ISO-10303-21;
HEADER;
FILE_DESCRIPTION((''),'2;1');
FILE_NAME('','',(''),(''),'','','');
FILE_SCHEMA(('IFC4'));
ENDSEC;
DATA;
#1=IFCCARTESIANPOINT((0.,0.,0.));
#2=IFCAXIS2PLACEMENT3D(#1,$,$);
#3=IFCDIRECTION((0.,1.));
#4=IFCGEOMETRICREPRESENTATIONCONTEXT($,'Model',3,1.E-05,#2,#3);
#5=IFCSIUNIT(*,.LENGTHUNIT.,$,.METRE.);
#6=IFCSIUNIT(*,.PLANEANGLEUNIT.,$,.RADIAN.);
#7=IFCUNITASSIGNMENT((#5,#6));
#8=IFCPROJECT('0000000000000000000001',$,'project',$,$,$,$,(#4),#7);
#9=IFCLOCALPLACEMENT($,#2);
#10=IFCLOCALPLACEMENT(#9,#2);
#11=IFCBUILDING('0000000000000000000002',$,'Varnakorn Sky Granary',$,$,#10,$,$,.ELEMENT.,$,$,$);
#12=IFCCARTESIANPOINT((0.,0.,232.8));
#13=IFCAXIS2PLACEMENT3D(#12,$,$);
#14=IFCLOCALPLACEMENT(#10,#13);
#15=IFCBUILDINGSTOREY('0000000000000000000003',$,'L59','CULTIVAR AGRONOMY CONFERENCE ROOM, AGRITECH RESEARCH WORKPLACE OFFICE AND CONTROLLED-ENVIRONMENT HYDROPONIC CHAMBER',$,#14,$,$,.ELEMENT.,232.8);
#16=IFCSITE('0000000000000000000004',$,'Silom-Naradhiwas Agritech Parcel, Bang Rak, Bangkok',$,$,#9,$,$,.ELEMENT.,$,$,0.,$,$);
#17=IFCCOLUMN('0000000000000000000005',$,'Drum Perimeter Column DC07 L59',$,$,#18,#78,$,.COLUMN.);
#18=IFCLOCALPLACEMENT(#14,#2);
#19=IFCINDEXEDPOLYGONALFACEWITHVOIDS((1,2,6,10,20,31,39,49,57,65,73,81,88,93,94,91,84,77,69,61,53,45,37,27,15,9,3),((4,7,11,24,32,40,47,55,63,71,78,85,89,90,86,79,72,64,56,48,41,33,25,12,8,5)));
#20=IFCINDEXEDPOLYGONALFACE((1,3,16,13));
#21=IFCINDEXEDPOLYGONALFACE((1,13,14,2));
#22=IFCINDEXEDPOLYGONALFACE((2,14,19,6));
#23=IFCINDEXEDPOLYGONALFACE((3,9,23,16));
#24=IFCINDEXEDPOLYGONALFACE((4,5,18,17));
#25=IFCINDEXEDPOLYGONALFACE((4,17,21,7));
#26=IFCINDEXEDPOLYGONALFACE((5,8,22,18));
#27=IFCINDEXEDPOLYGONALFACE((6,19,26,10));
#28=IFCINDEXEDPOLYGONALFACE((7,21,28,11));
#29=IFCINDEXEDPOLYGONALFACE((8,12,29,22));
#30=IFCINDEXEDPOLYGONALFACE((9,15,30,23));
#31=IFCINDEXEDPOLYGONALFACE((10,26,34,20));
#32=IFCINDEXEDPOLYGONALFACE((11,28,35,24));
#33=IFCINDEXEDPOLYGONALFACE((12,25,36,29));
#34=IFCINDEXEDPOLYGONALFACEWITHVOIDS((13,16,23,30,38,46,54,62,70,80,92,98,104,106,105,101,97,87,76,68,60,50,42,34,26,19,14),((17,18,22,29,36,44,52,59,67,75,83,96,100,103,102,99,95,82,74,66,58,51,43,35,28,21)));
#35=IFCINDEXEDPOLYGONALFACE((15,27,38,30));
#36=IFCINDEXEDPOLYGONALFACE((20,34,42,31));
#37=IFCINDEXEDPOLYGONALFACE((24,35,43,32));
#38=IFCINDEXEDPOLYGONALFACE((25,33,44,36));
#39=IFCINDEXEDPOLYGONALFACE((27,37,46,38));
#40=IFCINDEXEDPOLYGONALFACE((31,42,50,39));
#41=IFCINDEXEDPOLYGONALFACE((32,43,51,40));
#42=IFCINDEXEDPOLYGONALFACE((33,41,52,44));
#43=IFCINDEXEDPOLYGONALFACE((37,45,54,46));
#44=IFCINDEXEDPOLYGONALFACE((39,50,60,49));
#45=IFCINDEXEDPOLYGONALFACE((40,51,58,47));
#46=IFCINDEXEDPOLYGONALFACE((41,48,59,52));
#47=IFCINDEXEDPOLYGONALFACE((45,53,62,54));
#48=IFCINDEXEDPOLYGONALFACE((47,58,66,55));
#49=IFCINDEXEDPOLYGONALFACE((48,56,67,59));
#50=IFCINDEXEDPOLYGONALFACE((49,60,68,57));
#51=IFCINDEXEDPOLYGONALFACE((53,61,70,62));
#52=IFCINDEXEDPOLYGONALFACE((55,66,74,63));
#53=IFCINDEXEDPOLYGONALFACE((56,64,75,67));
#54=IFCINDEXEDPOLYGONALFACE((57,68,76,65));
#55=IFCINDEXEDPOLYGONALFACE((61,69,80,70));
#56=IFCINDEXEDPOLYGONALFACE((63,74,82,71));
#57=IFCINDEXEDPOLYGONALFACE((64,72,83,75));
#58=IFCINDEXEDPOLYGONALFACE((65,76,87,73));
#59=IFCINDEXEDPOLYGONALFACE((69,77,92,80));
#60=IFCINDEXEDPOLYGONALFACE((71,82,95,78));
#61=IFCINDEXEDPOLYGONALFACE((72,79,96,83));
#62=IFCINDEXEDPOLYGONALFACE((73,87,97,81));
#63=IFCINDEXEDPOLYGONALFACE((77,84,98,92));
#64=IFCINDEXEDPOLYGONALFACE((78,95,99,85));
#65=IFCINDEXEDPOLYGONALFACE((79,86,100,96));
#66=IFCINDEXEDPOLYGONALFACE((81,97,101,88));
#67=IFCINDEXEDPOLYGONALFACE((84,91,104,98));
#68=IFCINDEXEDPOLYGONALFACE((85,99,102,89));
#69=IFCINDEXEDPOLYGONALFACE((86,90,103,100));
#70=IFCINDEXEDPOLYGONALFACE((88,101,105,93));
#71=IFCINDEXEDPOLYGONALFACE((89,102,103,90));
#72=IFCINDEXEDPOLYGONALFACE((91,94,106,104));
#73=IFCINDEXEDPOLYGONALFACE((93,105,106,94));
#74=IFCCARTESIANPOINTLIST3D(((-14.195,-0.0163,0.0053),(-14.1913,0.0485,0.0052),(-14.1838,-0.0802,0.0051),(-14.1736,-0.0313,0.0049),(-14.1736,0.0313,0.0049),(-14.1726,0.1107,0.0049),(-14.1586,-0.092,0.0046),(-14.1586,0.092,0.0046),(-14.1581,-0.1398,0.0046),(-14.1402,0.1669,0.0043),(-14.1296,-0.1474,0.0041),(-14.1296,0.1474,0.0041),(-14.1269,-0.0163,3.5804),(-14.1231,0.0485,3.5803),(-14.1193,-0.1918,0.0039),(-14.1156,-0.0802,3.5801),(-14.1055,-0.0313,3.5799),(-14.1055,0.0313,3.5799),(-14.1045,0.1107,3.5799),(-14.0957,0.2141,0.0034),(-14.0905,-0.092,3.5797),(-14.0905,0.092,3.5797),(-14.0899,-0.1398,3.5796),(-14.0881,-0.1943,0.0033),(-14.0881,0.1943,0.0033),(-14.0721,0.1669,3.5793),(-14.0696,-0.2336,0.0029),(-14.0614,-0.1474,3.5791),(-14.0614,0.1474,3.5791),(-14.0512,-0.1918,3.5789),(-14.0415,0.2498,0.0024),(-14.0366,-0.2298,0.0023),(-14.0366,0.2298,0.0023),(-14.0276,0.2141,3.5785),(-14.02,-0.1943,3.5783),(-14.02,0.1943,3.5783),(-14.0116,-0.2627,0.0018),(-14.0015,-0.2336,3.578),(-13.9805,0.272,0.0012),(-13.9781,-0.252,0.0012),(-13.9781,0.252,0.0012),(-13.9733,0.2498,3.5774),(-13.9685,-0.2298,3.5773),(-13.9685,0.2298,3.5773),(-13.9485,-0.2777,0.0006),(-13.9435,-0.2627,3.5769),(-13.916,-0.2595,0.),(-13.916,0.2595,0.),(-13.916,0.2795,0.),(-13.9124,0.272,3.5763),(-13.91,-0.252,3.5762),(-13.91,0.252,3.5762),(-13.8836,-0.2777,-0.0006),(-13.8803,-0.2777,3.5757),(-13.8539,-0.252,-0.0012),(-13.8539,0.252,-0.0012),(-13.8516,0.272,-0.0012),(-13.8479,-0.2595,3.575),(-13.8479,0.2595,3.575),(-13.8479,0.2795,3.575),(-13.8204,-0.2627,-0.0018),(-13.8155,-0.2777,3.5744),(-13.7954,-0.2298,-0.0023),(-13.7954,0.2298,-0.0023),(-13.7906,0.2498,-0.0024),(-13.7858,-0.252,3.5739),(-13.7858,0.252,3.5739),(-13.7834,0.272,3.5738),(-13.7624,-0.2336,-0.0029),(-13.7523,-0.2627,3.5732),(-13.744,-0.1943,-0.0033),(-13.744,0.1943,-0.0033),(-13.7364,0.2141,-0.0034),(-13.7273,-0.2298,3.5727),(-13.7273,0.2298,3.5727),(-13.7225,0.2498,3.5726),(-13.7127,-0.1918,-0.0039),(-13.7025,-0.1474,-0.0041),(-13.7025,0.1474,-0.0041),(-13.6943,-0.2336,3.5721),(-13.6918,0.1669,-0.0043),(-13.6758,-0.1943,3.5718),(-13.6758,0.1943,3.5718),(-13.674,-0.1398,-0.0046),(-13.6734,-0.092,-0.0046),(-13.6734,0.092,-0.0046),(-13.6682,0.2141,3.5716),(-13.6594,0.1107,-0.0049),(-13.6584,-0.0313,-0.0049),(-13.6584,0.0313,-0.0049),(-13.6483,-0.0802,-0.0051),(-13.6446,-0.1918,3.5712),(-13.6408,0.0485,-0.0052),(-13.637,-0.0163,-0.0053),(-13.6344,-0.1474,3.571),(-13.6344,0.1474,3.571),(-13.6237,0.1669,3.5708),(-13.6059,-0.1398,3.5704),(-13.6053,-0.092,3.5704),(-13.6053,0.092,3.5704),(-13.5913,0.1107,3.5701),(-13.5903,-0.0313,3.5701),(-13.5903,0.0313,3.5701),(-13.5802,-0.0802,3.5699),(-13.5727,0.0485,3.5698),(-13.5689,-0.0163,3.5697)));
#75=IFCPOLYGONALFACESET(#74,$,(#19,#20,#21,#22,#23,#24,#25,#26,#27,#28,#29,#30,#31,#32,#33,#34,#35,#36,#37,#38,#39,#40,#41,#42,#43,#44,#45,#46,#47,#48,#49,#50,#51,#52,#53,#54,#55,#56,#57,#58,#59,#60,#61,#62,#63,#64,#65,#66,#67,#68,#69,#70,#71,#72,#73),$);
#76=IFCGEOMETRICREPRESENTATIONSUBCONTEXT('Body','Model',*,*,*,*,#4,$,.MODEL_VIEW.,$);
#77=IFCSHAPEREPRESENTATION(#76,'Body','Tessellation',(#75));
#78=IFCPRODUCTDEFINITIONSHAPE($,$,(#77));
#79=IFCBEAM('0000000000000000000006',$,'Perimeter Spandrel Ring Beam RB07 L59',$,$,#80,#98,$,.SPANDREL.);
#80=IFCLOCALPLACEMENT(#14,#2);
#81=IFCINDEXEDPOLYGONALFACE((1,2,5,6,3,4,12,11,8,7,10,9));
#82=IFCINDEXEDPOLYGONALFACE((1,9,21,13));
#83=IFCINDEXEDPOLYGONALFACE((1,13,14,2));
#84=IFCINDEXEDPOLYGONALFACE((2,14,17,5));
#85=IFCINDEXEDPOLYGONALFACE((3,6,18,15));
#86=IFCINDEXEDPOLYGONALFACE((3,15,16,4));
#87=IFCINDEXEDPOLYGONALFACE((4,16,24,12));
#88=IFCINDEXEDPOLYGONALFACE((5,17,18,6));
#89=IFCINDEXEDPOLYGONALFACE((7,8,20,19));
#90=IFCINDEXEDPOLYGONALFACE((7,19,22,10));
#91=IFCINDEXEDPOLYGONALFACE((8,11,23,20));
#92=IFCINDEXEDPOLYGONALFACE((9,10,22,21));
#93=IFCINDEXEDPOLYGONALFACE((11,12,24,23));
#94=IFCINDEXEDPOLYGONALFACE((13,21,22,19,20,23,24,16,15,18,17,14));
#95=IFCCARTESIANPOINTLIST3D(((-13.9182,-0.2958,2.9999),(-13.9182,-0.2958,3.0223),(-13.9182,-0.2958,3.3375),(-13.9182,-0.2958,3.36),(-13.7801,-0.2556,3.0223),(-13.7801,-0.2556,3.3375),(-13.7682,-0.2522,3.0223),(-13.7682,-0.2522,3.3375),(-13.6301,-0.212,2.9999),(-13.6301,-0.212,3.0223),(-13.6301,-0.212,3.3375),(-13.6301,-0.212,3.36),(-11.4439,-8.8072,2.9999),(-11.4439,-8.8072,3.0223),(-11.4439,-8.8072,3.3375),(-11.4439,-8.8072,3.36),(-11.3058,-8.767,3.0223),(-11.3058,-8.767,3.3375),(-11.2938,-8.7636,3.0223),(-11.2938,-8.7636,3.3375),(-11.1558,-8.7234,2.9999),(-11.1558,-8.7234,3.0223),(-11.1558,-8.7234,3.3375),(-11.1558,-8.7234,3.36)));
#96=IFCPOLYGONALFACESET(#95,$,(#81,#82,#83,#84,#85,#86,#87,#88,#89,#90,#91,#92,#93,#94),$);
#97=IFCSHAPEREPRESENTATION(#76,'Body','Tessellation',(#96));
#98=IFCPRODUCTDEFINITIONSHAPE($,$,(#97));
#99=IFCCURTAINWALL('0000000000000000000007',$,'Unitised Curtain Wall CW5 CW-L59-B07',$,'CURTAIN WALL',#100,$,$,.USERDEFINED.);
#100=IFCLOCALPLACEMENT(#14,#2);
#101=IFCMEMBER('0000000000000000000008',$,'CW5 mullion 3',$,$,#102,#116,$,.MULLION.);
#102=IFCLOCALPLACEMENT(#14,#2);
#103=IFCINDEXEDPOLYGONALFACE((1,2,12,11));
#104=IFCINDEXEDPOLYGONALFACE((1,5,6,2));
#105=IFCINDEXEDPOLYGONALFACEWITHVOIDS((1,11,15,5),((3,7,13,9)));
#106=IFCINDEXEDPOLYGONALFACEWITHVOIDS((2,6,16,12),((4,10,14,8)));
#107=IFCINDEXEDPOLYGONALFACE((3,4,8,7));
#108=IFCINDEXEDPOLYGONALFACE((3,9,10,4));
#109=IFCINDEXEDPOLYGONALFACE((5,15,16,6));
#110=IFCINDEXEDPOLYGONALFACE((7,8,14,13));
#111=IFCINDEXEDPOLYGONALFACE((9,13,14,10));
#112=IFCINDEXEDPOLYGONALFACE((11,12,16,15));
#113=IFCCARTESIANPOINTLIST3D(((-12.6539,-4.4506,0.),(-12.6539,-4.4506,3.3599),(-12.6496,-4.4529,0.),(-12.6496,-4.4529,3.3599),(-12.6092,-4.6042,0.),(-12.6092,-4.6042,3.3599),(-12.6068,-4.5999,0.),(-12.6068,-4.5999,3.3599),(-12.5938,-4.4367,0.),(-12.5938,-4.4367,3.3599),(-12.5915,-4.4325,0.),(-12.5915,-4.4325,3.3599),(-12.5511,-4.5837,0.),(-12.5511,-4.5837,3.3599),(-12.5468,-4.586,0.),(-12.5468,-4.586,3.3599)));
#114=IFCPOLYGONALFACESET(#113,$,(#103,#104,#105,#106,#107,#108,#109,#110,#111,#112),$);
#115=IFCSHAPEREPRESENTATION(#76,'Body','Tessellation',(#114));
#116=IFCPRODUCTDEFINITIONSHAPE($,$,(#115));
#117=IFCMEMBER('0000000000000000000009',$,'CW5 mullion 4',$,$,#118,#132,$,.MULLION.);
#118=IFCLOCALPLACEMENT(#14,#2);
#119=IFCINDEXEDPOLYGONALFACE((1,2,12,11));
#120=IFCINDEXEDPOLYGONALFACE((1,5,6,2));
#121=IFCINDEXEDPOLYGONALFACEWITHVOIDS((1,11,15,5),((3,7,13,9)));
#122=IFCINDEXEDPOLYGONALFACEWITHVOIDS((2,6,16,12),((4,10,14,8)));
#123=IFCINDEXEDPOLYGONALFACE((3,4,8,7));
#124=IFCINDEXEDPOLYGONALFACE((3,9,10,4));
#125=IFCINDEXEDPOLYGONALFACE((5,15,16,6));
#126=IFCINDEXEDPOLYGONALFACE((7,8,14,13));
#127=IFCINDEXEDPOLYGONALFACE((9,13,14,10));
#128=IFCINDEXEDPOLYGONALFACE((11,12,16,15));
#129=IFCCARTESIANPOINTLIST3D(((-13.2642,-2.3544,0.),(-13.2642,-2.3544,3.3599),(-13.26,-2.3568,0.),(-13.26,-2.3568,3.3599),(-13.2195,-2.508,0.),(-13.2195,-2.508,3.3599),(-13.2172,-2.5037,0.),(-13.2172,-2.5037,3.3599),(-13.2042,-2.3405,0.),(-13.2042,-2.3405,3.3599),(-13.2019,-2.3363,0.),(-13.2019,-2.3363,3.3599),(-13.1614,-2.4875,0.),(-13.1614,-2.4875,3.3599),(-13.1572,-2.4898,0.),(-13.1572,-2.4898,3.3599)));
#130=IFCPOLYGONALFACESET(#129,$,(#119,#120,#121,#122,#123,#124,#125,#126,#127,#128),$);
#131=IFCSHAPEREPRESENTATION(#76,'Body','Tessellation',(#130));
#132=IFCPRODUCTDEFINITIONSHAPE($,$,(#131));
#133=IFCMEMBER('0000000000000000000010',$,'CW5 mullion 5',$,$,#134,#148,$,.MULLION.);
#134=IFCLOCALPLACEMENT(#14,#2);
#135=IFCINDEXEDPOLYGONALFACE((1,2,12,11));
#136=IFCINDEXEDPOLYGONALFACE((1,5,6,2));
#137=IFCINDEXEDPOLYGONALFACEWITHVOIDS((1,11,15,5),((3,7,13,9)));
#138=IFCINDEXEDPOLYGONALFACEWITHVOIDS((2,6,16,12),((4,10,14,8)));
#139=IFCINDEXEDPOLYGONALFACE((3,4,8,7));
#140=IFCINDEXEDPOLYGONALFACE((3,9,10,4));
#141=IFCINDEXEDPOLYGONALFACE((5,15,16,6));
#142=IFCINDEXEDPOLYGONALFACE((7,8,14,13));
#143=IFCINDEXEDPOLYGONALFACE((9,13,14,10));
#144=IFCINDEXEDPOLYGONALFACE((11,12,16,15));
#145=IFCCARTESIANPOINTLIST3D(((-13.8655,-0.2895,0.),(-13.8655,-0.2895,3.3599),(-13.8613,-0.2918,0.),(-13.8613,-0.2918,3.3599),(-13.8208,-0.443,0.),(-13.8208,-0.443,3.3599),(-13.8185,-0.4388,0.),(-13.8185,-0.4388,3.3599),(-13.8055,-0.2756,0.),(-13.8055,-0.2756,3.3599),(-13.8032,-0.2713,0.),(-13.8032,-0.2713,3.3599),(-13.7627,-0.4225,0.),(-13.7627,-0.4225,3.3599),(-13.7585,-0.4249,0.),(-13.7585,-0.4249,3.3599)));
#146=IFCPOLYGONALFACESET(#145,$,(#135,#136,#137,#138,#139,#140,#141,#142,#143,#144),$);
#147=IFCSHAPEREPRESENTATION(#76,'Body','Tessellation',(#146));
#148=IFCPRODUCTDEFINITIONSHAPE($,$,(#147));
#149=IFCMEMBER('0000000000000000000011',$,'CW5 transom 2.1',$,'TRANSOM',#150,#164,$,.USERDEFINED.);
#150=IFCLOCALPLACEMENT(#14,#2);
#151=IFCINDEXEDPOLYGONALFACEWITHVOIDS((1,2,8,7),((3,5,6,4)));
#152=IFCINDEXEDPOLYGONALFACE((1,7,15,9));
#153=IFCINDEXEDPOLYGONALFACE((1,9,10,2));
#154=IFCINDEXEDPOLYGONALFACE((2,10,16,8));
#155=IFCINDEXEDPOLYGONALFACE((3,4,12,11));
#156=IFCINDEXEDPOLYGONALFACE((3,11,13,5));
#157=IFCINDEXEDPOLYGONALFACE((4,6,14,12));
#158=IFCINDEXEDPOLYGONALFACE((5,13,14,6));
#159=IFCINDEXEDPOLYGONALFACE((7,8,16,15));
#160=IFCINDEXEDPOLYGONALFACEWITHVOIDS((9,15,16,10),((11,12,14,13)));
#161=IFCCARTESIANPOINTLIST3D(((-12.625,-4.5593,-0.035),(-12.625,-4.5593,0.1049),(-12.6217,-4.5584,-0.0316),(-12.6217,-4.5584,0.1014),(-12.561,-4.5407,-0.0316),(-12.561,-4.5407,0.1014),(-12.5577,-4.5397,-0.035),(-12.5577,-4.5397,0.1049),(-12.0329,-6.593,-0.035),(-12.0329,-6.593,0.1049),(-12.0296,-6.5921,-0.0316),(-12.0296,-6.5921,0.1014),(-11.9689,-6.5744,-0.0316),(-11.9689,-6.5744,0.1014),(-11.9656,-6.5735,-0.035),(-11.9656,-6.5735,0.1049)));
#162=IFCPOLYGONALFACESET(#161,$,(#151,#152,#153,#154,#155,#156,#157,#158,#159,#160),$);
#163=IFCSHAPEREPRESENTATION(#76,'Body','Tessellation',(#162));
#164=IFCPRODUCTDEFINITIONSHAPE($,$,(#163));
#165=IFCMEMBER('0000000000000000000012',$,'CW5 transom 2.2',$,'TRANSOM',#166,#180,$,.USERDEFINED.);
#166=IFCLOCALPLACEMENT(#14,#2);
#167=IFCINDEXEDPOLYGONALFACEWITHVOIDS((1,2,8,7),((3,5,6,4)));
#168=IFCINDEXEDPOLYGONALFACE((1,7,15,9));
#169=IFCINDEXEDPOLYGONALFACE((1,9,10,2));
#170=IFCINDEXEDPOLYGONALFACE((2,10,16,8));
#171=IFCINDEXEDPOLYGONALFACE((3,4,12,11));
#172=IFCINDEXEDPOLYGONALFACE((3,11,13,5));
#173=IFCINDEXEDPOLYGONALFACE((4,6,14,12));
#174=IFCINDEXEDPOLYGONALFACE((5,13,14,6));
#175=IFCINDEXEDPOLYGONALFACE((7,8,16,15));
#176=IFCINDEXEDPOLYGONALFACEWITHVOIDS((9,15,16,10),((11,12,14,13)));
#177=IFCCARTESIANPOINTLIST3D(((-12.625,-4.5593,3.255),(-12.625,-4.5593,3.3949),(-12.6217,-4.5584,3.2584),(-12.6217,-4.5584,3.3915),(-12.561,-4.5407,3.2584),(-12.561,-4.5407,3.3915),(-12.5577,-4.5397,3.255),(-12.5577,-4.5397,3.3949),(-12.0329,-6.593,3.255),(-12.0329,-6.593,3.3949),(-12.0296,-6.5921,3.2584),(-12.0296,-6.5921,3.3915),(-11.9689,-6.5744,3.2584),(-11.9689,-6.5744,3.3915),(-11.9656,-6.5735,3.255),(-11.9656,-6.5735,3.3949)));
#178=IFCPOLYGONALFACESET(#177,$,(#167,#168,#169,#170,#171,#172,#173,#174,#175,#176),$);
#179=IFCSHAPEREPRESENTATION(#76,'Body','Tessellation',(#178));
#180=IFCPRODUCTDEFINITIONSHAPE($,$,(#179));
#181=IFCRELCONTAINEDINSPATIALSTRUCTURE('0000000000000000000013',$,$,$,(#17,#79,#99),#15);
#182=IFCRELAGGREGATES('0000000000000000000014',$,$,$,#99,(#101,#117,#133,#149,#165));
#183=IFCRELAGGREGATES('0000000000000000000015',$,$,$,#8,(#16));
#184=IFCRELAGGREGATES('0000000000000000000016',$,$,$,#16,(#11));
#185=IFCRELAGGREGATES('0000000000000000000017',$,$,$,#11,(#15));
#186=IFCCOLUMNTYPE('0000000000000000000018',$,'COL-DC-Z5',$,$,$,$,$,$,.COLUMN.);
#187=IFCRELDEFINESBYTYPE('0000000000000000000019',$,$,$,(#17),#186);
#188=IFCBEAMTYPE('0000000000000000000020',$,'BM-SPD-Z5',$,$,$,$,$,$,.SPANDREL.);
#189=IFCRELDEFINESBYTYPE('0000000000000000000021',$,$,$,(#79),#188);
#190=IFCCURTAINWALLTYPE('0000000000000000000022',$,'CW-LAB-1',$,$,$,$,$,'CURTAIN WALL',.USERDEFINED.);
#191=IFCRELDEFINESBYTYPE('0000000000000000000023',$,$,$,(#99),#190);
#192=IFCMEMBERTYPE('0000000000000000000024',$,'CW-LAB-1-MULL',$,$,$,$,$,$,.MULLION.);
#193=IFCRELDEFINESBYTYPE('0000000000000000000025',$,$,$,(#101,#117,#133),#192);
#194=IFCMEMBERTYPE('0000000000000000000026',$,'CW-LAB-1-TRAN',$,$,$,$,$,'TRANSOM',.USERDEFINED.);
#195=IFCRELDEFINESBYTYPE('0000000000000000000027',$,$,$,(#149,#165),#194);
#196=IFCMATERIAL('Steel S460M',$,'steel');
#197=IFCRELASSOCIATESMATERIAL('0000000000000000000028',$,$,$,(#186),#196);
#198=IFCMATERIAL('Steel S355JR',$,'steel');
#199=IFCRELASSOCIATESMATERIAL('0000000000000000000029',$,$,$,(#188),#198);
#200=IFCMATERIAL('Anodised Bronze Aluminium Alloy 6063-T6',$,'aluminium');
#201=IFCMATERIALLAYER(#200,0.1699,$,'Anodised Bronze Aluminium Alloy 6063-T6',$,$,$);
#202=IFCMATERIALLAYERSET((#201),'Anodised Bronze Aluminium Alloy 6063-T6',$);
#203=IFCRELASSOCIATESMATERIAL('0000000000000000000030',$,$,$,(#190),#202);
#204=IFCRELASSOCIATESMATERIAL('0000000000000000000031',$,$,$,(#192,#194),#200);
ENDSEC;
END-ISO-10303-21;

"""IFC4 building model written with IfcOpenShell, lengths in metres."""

from ifc_helpers import new_model, si_unit, direction, frame, origin, origin_2d, place, context, subcontext, project, spatial, hollow_rectangle, hollow_circle, i_section, extrude, material, layer, layer_set, material_profile, profile_set, type_object, element, aggregate, save


model = new_model("IFC4")

# Units and contexts
model_context = context("Model", 3, precision=1e-05, world=origin(), true_north=direction((0.0, 1.0)))
body_context = subcontext(model_context, "Body", "Model", "MODEL_VIEW")
ifc_project = project(units=[si_unit("LENGTHUNIT", "METRE"), si_unit("PLANEANGLEUNIT", "RADIAN")], contexts=[model_context])

# Site, building, storey
site_placement = place(None, origin())
site = spatial("IfcSite", under=ifc_project, at=site_placement, Name="Silom-Naradhiwas Agritech Parcel, Bang Rak, Bangkok", CompositionType="ELEMENT", RefElevation=0.0)
building_placement = place(site_placement, origin())
building = spatial("IfcBuilding", under=site, at=building_placement, Name="Varnakorn Sky Granary", CompositionType="ELEMENT")
storey_placement = place(building_placement, frame((0.0, 0.0, 232.8)))
storey = spatial("IfcBuildingStorey", under=building, at=storey_placement, Name="L59", Description="CULTIVAR AGRONOMY CONFERENCE ROOM, AGRITECH RESEARCH WORKPLACE OFFICE AND CONTROLLED-ENVIRONMENT HYDROPONIC CHAMBER", CompositionType="ELEMENT", Elevation=232.8)

# Column
ifc_material_1 = material(Name="Steel S460M", Category="steel")
ifc_material_profile_1 = material_profile(ifc_material_1, hollow_circle(Radius=0.2795, WallThickness=0.02, at=origin_2d()), Name="CHS 559x20")
ifc_profile_set_1 = profile_set([ifc_material_profile_1], Name="Steel S460M")
column_type = type_object("IfcColumnType", Name="COL-DC-Z5", PredefinedType="COLUMN", material=ifc_profile_set_1)
column_placement = place(storey_placement, frame((-13.916, 0.0, 0.0), z_axis=(0.01905, 0.0, 0.999819), x_axis=(0.0, 1.0, 0.0)))
element("IfcColumn", 1, at=column_placement, inside=storey, type_object=column_type, Name="Drum Perimeter Column DC07 L59", PredefinedType="COLUMN", context=body_context, shape_type="SweptSolid", body=[
    extrude(hollow_circle(Radius=0.2795, WallThickness=0.02, at=origin_2d()), origin(), (0.0, 0.0, 1.0), 3.5757),
])

# Beam
ifc_material_2 = material(Name="Steel S355JR", Category="steel")
ifc_material_profile_2 = material_profile(ifc_material_2, i_section(OverallWidth=0.3, OverallDepth=0.3601, WebThickness=0.0125, FlangeThickness=0.0225, at=origin_2d()), Name="HE 360 B")
ifc_profile_set_2 = profile_set([ifc_material_profile_2], Name="Steel S355JR")
beam_type = type_object("IfcBeamType", Name="BM-SPD-Z5", PredefinedType="SPANDREL", material=ifc_profile_set_2)
beam_placement = place(storey_placement, frame((-13.7742, -0.2539, 3.1799), z_axis=(0.279153, -0.960247, 0.0), x_axis=(0.960247, 0.279153, 0.0)))
element("IfcBeam", 2, at=beam_placement, inside=storey, type_object=beam_type, Name="Perimeter Spandrel Ring Beam RB07 L59", PredefinedType="SPANDREL", context=body_context, shape_type="SweptSolid", body=[
    extrude(i_section(OverallWidth=0.3, OverallDepth=0.3601, WebThickness=0.0125, FlangeThickness=0.0225, at=origin_2d()), origin(), (0.0, 0.0, 1.0), 8.8638),
])

# Curtain wall, members
ifc_material_3 = material(Name="Anodised Bronze Aluminium Alloy 6063-T6", Category="aluminium")
ifc_layer_1 = layer(ifc_material_3, 0.1699, Name="Anodised Bronze Aluminium Alloy 6063-T6")
ifc_layer_set_1 = layer_set([ifc_layer_1], Name="Anodised Bronze Aluminium Alloy 6063-T6")
curtain_wall_type = type_object("IfcCurtainWallType", Name="CW-LAB-1", ElementType="CURTAIN WALL", PredefinedType="USERDEFINED", material=ifc_layer_set_1)
curtain_wall_placement = place(storey_placement, origin())
curtain_wall = element("IfcCurtainWall", 3, at=curtain_wall_placement, inside=storey, type_object=curtain_wall_type, Name="Unitised Curtain Wall CW5 CW-L59-B07", ObjectType="CURTAIN WALL", PredefinedType="USERDEFINED")
ifc_material_profile_3 = material_profile(ifc_material_3, hollow_rectangle(XDim=0.0649, YDim=0.1599, WallThickness=0.0034, at=origin_2d()), Name="ALU MULL 65x160")
ifc_profile_set_3 = profile_set([ifc_material_profile_3], Name="Anodised Bronze Aluminium Alloy 6063-T6")
member_type_1 = type_object("IfcMemberType", Name="CW-LAB-1-MULL", PredefinedType="MULLION", material=ifc_profile_set_3)
member_1_placement = place(storey_placement, frame((-12.6003, -4.5183, 0.0), z_axis=(0.0, 0.0, 1.0), x_axis=(-0.960129, -0.279559, 0.0)))
member_1 = element("IfcMember", 4, at=member_1_placement, type_object=member_type_1, Name="CW5 mullion 3", PredefinedType="MULLION", context=body_context, shape_type="SweptSolid", body=[
    extrude(hollow_rectangle(XDim=0.0649, YDim=0.1599, WallThickness=0.0034, at=origin_2d()), origin(), (0.0, 0.0, 1.0), 3.3599),
])
member_2_placement = place(storey_placement, frame((-13.2107, -2.4221, 0.0), z_axis=(0.0, 0.0, 1.0), x_axis=(-0.960129, -0.279559, 0.0)))
member_2 = element("IfcMember", 5, at=member_2_placement, type_object=member_type_1, Name="CW5 mullion 4", PredefinedType="MULLION", context=body_context, shape_type="SweptSolid", body=[
    extrude(hollow_rectangle(XDim=0.0649, YDim=0.1599, WallThickness=0.0034, at=origin_2d()), origin(), (0.0, 0.0, 1.0), 3.3599),
])
member_3_placement = place(storey_placement, frame((-13.812, -0.3572, 0.0), z_axis=(0.0, 0.0, 1.0), x_axis=(-0.960129, -0.279559, 0.0)))
member_3 = element("IfcMember", 6, at=member_3_placement, type_object=member_type_1, Name="CW5 mullion 5", PredefinedType="MULLION", context=body_context, shape_type="SweptSolid", body=[
    extrude(hollow_rectangle(XDim=0.0649, YDim=0.1599, WallThickness=0.0034, at=origin_2d()), origin(), (0.0, 0.0, 1.0), 3.3599),
])
ifc_material_profile_4 = material_profile(ifc_material_3, hollow_rectangle(XDim=0.0701, YDim=0.1399, WallThickness=0.0034, at=origin_2d()), Name="ALU TRAN 70x140")
ifc_profile_set_4 = profile_set([ifc_material_profile_4], Name="Anodised Bronze Aluminium Alloy 6063-T6")
member_type_2 = type_object("IfcMemberType", Name="CW-LAB-1-TRAN", ElementType="TRANSOM", PredefinedType="USERDEFINED", material=ifc_profile_set_4)
member_4_placement = place(storey_placement, frame((-11.9993, -6.5833, 0.0349), z_axis=(-0.279513, 0.960142, 0.0), x_axis=(-0.960142, -0.279513, 0.0)))
member_4 = element("IfcMember", 7, at=member_4_placement, type_object=member_type_2, Name="CW5 transom 2.1", ObjectType="TRANSOM", PredefinedType="USERDEFINED", context=body_context, shape_type="SweptSolid", body=[
    extrude(hollow_rectangle(XDim=0.0701, YDim=0.1399, WallThickness=0.0034, at=origin_2d()), origin(), (0.0, 0.0, 1.0), 2.1182),
])
member_5_placement = place(storey_placement, frame((-11.9993, -6.5833, 3.325), z_axis=(-0.279513, 0.960142, 0.0), x_axis=(-0.960142, -0.279513, 0.0)))
member_5 = element("IfcMember", 8, at=member_5_placement, type_object=member_type_2, Name="CW5 transom 2.2", ObjectType="TRANSOM", PredefinedType="USERDEFINED", context=body_context, shape_type="SweptSolid", body=[
    extrude(hollow_rectangle(XDim=0.0701, YDim=0.1399, WallThickness=0.0034, at=origin_2d()), origin(), (0.0, 0.0, 1.0), 2.1182),
])

aggregate(curtain_wall, [member_1, member_2, member_3, member_4, member_5])

save(model, "model.ifc")
